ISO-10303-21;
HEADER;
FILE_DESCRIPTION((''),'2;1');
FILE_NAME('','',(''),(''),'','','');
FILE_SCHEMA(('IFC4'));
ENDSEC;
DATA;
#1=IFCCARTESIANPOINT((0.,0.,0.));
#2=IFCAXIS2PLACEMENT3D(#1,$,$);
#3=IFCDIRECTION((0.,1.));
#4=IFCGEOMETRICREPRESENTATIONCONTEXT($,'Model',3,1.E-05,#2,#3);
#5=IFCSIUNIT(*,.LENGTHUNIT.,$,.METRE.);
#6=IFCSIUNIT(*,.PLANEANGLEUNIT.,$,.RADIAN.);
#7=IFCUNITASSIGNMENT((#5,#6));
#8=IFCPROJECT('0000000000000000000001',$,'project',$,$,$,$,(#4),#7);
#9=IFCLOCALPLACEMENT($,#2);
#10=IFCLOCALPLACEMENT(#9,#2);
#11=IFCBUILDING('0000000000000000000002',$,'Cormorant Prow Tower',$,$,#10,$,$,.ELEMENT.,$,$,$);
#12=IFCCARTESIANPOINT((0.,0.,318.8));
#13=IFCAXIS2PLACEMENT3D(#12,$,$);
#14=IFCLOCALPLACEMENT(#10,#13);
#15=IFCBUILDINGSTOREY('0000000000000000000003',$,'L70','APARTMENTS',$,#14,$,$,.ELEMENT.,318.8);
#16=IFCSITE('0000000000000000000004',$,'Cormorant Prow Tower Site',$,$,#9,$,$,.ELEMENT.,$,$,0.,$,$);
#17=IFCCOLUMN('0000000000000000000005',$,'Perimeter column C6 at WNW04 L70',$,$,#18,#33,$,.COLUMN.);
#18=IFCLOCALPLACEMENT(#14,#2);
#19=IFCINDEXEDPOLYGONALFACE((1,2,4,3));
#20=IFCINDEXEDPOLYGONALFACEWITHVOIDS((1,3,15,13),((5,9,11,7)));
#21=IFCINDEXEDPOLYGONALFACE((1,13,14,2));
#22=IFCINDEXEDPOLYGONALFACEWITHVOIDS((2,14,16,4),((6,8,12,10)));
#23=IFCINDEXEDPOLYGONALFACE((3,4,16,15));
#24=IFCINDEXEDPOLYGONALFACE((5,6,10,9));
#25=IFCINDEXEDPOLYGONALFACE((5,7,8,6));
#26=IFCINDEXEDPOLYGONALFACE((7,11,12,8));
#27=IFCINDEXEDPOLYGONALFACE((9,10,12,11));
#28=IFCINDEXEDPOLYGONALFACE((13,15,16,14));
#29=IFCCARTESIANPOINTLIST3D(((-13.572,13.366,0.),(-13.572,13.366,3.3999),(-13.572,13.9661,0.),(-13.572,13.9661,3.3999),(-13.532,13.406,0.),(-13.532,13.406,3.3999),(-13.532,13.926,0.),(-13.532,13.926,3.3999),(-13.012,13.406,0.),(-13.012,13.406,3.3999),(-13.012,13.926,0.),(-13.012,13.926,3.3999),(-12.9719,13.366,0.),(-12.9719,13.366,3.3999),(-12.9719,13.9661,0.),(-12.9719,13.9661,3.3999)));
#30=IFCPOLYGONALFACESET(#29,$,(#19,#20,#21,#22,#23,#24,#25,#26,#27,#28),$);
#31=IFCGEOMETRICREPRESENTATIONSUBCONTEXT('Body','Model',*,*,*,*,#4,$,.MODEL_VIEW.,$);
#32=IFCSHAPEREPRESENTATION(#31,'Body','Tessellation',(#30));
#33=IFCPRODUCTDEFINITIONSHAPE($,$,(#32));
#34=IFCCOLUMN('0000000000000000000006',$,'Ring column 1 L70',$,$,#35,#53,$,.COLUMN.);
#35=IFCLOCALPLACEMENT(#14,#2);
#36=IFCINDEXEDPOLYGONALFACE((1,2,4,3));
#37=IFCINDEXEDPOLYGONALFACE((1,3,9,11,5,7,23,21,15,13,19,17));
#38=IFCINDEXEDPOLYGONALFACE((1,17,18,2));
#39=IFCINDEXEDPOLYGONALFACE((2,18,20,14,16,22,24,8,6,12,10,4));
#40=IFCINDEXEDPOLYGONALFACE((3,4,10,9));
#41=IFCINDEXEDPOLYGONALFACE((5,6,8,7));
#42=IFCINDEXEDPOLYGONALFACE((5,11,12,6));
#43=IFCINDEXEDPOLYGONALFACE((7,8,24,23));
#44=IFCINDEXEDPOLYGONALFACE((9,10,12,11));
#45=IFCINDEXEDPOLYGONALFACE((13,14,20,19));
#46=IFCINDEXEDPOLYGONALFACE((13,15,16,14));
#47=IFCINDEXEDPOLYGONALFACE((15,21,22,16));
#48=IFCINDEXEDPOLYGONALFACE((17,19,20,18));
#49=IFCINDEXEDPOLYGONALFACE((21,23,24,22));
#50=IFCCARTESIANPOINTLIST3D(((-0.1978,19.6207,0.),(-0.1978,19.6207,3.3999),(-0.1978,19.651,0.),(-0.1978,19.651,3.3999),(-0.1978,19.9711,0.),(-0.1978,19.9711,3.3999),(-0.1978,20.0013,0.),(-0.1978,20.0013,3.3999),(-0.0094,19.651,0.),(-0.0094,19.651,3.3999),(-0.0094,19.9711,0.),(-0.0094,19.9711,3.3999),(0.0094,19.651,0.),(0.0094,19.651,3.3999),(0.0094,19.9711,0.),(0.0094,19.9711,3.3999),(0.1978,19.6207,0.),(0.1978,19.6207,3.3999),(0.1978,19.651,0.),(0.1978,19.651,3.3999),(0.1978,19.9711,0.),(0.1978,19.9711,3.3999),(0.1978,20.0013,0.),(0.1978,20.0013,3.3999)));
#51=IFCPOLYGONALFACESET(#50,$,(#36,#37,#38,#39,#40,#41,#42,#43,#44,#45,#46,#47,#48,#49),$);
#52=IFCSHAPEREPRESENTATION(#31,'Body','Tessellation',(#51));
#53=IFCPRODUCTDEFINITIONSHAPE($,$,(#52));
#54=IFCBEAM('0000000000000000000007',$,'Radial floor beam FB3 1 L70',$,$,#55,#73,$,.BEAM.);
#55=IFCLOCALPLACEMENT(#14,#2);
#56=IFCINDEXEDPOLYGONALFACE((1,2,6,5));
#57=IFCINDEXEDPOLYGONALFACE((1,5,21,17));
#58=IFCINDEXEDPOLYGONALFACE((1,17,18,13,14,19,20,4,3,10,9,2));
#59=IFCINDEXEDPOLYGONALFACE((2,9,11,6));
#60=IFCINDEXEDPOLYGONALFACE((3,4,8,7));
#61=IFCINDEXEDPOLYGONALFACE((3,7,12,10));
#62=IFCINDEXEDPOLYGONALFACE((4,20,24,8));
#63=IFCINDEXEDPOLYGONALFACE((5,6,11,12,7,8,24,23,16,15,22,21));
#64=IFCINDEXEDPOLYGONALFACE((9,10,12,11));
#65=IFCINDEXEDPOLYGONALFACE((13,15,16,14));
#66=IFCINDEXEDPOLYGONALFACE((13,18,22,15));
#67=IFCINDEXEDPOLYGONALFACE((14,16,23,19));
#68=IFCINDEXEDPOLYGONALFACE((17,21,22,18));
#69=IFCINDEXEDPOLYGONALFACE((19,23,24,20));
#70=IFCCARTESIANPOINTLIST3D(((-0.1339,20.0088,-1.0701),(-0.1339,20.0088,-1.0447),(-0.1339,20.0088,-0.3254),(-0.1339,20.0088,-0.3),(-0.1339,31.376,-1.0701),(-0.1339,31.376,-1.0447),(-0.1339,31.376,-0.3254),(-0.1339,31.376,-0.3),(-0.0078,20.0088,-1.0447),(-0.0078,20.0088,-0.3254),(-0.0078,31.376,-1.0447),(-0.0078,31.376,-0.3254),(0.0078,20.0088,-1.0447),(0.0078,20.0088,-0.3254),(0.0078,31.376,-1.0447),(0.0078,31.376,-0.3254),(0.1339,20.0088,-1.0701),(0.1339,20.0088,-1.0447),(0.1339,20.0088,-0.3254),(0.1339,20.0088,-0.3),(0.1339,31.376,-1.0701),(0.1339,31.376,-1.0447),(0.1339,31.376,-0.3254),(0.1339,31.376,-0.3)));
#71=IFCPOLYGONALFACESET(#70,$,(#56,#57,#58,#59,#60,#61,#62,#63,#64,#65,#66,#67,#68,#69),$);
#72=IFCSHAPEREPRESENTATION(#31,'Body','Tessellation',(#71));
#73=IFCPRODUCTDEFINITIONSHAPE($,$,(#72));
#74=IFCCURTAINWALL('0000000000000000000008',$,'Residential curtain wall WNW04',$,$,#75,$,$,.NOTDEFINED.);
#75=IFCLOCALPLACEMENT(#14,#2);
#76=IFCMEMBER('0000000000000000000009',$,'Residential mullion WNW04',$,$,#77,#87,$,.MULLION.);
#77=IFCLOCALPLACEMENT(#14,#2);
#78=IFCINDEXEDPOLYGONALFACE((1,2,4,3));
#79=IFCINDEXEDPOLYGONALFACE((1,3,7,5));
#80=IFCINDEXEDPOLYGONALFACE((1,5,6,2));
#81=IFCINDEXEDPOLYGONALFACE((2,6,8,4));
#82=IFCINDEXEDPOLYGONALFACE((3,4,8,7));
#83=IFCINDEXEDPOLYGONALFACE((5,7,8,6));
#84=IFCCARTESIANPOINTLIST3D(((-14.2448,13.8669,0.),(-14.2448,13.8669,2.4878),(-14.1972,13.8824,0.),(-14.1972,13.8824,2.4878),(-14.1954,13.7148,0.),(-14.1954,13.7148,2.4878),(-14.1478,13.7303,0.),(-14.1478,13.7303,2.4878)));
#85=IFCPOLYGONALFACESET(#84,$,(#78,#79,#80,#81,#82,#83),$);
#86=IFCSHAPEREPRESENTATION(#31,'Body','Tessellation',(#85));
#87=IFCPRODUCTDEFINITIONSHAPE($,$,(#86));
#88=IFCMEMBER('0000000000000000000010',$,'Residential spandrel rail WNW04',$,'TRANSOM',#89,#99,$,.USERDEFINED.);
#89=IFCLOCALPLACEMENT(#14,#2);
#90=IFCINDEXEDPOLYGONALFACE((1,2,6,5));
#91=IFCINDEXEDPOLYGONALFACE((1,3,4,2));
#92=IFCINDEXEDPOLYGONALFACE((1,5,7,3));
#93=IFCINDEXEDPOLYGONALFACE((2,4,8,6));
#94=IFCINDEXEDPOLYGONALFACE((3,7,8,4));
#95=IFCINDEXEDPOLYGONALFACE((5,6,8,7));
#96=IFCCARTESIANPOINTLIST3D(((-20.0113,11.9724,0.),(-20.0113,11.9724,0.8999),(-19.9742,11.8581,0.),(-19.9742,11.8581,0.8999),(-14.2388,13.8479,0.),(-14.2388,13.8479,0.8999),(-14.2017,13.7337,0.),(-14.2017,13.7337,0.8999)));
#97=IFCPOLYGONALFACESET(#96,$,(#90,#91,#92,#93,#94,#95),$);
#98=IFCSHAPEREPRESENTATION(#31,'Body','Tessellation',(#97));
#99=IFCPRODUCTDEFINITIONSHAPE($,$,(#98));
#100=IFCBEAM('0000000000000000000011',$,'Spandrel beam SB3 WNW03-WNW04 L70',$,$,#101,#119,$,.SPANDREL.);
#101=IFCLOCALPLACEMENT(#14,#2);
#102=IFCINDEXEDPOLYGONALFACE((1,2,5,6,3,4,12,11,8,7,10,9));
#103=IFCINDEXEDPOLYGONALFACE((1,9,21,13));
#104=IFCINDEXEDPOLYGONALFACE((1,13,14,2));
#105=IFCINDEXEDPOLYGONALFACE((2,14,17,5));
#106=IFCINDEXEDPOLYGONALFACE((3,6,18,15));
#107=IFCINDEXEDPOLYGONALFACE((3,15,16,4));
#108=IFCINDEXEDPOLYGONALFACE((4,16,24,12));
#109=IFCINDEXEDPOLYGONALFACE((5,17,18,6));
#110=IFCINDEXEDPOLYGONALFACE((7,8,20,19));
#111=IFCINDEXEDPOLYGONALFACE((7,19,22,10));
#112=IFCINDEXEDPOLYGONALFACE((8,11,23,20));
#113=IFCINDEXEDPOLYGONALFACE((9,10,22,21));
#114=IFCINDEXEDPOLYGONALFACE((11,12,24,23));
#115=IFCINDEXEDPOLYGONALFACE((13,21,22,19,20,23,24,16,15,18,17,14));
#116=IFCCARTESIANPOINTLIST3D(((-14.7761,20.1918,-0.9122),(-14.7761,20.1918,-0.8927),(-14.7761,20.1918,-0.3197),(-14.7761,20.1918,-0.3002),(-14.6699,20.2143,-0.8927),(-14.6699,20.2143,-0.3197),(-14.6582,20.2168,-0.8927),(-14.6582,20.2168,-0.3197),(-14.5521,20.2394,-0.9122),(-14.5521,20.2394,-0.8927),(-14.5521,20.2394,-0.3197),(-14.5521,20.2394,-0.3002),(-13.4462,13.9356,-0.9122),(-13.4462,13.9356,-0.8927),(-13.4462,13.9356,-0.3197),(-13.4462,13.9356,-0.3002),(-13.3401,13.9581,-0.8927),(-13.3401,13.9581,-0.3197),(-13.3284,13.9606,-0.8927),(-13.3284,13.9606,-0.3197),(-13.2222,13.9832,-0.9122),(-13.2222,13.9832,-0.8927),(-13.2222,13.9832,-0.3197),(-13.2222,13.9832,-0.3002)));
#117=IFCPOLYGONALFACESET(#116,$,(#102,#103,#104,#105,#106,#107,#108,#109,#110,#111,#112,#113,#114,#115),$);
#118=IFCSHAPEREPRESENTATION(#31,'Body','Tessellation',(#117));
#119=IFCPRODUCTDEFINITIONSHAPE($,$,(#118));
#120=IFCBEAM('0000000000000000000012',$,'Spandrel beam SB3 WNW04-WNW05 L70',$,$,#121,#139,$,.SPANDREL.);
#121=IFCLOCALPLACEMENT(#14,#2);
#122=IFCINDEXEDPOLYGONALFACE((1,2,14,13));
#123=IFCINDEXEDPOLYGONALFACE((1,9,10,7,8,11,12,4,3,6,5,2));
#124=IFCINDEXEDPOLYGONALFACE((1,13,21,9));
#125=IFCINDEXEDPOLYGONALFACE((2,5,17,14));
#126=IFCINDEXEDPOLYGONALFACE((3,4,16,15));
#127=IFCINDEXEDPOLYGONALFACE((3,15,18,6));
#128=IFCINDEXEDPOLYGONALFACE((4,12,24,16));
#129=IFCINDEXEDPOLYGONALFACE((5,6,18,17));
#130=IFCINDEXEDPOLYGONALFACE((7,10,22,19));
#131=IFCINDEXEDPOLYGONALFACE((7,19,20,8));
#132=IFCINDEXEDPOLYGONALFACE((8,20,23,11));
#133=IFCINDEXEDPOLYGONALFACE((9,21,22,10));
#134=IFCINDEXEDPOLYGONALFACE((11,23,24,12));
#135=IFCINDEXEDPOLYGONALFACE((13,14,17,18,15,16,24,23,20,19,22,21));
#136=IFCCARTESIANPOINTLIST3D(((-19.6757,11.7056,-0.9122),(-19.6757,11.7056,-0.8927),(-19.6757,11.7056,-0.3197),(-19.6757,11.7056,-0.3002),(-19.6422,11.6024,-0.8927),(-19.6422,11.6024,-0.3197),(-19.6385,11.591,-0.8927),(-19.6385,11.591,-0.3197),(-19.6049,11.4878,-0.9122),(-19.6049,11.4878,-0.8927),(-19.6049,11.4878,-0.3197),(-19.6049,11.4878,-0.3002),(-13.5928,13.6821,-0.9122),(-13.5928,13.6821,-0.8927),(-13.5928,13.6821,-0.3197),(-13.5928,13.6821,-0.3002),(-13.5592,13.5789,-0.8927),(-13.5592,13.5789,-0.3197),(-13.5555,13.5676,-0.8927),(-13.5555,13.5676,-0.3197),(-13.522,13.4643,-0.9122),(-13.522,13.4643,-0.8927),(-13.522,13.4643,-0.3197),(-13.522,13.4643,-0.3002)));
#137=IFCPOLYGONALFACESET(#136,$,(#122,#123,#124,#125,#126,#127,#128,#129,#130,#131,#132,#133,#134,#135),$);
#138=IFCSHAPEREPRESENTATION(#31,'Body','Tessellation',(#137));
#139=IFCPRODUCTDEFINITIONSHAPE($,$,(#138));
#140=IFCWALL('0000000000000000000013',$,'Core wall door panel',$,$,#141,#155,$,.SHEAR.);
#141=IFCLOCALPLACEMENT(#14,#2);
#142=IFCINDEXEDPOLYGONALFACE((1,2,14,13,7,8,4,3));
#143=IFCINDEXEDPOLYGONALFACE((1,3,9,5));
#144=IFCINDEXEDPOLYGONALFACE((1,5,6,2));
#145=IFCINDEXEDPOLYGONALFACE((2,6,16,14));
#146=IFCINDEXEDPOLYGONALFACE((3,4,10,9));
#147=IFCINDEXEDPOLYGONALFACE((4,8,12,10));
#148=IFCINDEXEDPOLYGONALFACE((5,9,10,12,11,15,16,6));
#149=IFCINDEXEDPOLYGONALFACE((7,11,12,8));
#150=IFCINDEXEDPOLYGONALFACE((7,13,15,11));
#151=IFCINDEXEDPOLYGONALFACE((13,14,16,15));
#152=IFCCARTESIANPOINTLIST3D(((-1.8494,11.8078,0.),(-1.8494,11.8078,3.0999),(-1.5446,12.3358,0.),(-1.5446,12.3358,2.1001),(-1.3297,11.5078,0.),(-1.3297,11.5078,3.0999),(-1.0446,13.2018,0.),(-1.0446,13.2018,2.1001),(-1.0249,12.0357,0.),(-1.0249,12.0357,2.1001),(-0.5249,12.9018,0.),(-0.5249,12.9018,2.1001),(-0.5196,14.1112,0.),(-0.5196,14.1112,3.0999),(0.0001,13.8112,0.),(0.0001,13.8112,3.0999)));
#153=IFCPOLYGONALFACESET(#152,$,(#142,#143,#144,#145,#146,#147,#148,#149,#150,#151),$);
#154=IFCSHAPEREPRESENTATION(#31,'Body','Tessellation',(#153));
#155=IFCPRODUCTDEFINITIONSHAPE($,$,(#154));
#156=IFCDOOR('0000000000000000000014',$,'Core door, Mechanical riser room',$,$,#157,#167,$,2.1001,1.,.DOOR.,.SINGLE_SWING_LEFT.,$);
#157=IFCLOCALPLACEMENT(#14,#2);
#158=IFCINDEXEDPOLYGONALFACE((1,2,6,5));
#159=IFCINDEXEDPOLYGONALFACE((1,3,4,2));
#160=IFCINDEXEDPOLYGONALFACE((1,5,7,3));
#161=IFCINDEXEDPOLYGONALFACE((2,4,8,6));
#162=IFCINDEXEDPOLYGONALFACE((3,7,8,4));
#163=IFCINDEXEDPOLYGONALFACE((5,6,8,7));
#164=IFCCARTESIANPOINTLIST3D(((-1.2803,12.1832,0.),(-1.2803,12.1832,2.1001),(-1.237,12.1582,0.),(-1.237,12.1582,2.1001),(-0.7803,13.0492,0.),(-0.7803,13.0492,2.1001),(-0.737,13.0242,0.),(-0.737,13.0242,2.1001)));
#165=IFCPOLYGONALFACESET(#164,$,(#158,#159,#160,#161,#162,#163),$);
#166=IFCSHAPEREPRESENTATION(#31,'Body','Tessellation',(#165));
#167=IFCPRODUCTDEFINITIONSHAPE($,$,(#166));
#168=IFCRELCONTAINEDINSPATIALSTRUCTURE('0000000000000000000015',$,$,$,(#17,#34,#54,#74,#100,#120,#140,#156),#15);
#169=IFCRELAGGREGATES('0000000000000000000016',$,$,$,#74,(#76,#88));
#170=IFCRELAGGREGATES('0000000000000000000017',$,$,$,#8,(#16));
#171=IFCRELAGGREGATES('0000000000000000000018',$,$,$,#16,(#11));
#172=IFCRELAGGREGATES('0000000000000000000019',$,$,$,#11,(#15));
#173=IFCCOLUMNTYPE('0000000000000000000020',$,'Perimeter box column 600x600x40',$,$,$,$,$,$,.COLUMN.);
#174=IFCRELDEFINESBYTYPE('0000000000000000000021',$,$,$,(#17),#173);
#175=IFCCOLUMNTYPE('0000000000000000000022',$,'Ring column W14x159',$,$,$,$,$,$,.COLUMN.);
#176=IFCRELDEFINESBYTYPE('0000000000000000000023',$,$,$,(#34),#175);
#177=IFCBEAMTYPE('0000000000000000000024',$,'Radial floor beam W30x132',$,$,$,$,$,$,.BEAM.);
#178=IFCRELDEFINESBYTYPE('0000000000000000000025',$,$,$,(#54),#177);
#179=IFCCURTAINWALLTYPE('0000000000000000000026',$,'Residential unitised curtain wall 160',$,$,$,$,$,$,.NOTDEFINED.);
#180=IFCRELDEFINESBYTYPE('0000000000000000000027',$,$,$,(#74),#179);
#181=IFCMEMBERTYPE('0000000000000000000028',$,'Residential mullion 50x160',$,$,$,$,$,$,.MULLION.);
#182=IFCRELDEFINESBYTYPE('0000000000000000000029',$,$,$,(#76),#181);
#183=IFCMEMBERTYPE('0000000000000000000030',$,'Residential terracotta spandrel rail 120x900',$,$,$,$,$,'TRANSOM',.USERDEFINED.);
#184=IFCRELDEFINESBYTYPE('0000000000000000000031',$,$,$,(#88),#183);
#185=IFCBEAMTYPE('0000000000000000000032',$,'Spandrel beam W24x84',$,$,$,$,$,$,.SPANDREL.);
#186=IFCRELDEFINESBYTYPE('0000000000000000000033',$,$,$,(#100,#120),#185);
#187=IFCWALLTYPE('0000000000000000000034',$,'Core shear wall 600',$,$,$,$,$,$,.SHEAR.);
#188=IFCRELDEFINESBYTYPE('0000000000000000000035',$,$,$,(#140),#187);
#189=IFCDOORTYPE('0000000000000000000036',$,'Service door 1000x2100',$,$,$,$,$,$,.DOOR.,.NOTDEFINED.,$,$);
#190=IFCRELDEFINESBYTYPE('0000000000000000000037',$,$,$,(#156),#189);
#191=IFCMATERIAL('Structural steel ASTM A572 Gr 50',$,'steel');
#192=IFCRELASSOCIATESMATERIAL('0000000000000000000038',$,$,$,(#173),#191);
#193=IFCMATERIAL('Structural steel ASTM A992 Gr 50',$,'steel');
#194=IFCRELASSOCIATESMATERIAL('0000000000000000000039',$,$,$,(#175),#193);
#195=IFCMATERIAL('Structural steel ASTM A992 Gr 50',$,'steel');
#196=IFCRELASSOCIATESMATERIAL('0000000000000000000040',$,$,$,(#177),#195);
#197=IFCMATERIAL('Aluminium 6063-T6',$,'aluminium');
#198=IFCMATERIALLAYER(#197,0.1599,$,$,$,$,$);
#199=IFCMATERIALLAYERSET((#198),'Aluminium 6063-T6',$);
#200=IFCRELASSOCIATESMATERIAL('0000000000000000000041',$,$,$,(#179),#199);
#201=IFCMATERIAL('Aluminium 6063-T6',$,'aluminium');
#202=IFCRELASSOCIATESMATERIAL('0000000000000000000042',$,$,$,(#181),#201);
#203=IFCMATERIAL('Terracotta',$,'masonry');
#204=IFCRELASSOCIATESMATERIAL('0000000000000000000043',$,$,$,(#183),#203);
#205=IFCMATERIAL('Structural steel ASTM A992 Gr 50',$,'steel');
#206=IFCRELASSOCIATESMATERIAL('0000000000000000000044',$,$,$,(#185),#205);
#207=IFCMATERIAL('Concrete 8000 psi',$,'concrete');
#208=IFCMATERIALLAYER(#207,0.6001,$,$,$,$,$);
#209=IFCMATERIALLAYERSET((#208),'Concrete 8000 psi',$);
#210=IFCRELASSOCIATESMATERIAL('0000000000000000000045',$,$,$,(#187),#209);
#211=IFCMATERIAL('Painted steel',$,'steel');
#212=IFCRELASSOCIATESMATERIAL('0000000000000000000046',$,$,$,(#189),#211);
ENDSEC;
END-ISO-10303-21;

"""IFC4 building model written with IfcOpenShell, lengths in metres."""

from ifc_helpers import new_model, si_unit, direction, frame, frame_2d, origin, origin_2d, place, context, subcontext, project, spatial, rectangle, hollow_rectangle, i_section, extrude, material, layer, layer_set, material_profile, profile_set, type_object, element, fill, aggregate, save


model = new_model("IFC4")

# Units and contexts
model_context = context("Model", 3, precision=1e-05, world=origin(), true_north=direction((0.0, 1.0)))
body_context = subcontext(model_context, "Body", "Model", "MODEL_VIEW")
ifc_project = project(units=[si_unit("LENGTHUNIT", "METRE"), si_unit("PLANEANGLEUNIT", "RADIAN")], contexts=[model_context])

# Site, building, storey
site_placement = place(None, origin())
site = spatial("IfcSite", under=ifc_project, at=site_placement, Name="Cormorant Prow Tower Site", CompositionType="ELEMENT", RefElevation=0.0)
building_placement = place(site_placement, origin())
building = spatial("IfcBuilding", under=site, at=building_placement, Name="Cormorant Prow Tower", CompositionType="ELEMENT")
storey_placement = place(building_placement, frame((0.0, 0.0, 318.8)))
storey = spatial("IfcBuildingStorey", under=building, at=storey_placement, Name="L70", Description="APARTMENTS", CompositionType="ELEMENT", Elevation=318.8)

# Columns
ifc_material_1 = material(Name="Structural steel ASTM A572 Gr 50", Category="steel")
ifc_material_profile_1 = material_profile(ifc_material_1, hollow_rectangle(XDim=0.6001, YDim=0.6001, WallThickness=0.04, at=origin_2d()), Name="Box 600x600x40")
ifc_profile_set_1 = profile_set([ifc_material_profile_1], Name="Structural steel ASTM A572 Gr 50")
column_type_1 = type_object("IfcColumnType", Name="Perimeter box column 600x600x40", PredefinedType="COLUMN", material=ifc_profile_set_1)
column_1_placement = place(storey_placement, frame((-13.272, 13.666, 0.0), z_axis=(0.0, 0.0, 1.0), x_axis=(1.0, 0.0, 0.0)))
element("IfcColumn", 1, at=column_1_placement, inside=storey, type_object=column_type_1, Name="Perimeter column C6 at WNW04 L70", PredefinedType="COLUMN", context=body_context, shape_type="SweptSolid", body=[
    extrude(hollow_rectangle(XDim=0.6001, YDim=0.6001, WallThickness=0.04, at=origin_2d()), origin(), (0.0, 0.0, 1.0), 3.3999),
])
ifc_material_2 = material(Name="Structural steel ASTM A992 Gr 50", Category="steel")
ifc_material_profile_2 = material_profile(ifc_material_2, i_section(OverallWidth=0.3955, OverallDepth=0.3806, WebThickness=0.0188, FlangeThickness=0.0303, at=origin_2d()), Name="W14x159")
ifc_profile_set_2 = profile_set([ifc_material_profile_2], Name="Structural steel ASTM A992 Gr 50")
column_type_2 = type_object("IfcColumnType", Name="Ring column W14x159", PredefinedType="COLUMN", material=ifc_profile_set_2)
column_2_placement = place(storey_placement, frame((0.0, 19.811, 0.0), z_axis=(0.0, 0.0, 1.0), x_axis=(1.0, 0.0, 0.0)))
element("IfcColumn", 2, at=column_2_placement, inside=storey, type_object=column_type_2, Name="Ring column 1 L70", PredefinedType="COLUMN", context=body_context, shape_type="SweptSolid", body=[
    extrude(i_section(OverallWidth=0.3955, OverallDepth=0.3806, WebThickness=0.0188, FlangeThickness=0.0303, at=origin_2d()), origin(), (0.0, 0.0, 1.0), 3.3999),
])

# Beam
ifc_material_3 = material(Name="Structural steel ASTM A992 Gr 50", Category="steel")
ifc_material_profile_3 = material_profile(ifc_material_3, i_section(OverallWidth=0.2678, OverallDepth=0.77, WebThickness=0.0156, FlangeThickness=0.0254, at=origin_2d()), Name="W30x132")
ifc_profile_set_3 = profile_set([ifc_material_profile_3], Name="Structural steel ASTM A992 Gr 50")
beam_type_1 = type_object("IfcBeamType", Name="Radial floor beam W30x132", PredefinedType="BEAM", material=ifc_profile_set_3)
beam_placement = place(storey_placement, frame((0.0, 20.0088, -0.6851), z_axis=(0.0, 1.0, 0.0), x_axis=(-1.0, 0.0, 0.0)))
element("IfcBeam", 3, at=beam_placement, inside=storey, type_object=beam_type_1, Name="Radial floor beam FB3 1 L70", PredefinedType="BEAM", context=body_context, shape_type="SweptSolid", body=[
    extrude(i_section(OverallWidth=0.2678, OverallDepth=0.77, WebThickness=0.0156, FlangeThickness=0.0254, at=origin_2d()), origin(), (0.0, 0.0, 1.0), 11.3672),
])

# Curtain wall, members
ifc_material_4 = material(Name="Aluminium 6063-T6", Category="aluminium")
ifc_layer_1 = layer(ifc_material_4, 0.1599)
ifc_layer_set_1 = layer_set([ifc_layer_1], Name="Aluminium 6063-T6")
curtain_wall_type = type_object("IfcCurtainWallType", Name="Residential unitised curtain wall 160", PredefinedType="NOTDEFINED", material=ifc_layer_set_1)
curtain_wall_placement = place(storey_placement, origin())
curtain_wall = element("IfcCurtainWall", 4, at=curtain_wall_placement, inside=storey, type_object=curtain_wall_type, Name="Residential curtain wall WNW04", PredefinedType="NOTDEFINED")
ifc_material_5 = material(Name="Aluminium 6063-T6", Category="aluminium")
ifc_material_profile_4 = material_profile(ifc_material_5, rectangle(XDim=0.1599, YDim=0.05, at=origin_2d()), Name="Residential mullion 50x160")
ifc_profile_set_4 = profile_set([ifc_material_profile_4], Name="Aluminium 6063-T6")
member_type_1 = type_object("IfcMemberType", Name="Residential mullion 50x160", PredefinedType="MULLION", material=ifc_profile_set_4)
member_1_placement = place(storey_placement, frame((-14.1963, 13.7986, 0.0), z_axis=(0.0, 0.0, 1.0), x_axis=(0.309017, -0.951056, 0.0)))
member_1 = element("IfcMember", 5, at=member_1_placement, type_object=member_type_1, Name="Residential mullion WNW04", PredefinedType="MULLION", context=body_context, shape_type="SweptSolid", body=[
    extrude(rectangle(XDim=0.1599, YDim=0.05, at=origin_2d()), origin(), (0.0, 0.0, 1.0), 2.4878),
])
ifc_material_6 = material(Name="Terracotta", Category="masonry")
ifc_material_profile_5 = material_profile(ifc_material_6, rectangle(XDim=0.1201, YDim=0.8999, at=origin_2d()), Name="Residential terracotta spandrel rail 120x900")
ifc_profile_set_5 = profile_set([ifc_material_profile_5], Name="Terracotta")
member_type_2 = type_object("IfcMemberType", Name="Residential terracotta spandrel rail 120x900", ElementType="TRANSOM", PredefinedType="USERDEFINED", material=ifc_profile_set_5)
member_2_placement = place(storey_placement, frame((-14.2202, 13.7908, 0.45), z_axis=(-0.951061, -0.309002, 0.0), x_axis=(0.309002, -0.951061, 0.0)))
member_2 = element("IfcMember", 6, at=member_2_placement, type_object=member_type_2, Name="Residential spandrel rail WNW04", ObjectType="TRANSOM", PredefinedType="USERDEFINED", context=body_context, shape_type="SweptSolid", body=[
    extrude(rectangle(XDim=0.1201, YDim=0.8999, at=origin_2d()), origin(), (0.0, 0.0, 1.0), 6.0696),
])
aggregate(curtain_wall, [member_1, member_2])

# Beams
ifc_material_7 = material(Name="Structural steel ASTM A992 Gr 50", Category="steel")
ifc_material_profile_6 = material_profile(ifc_material_7, i_section(OverallWidth=0.229, OverallDepth=0.6121, WebThickness=0.012, FlangeThickness=0.0195, at=origin_2d()), Name="W24x84")
ifc_profile_set_6 = profile_set([ifc_material_profile_6], Name="Structural steel ASTM A992 Gr 50")
beam_type_2 = type_object("IfcBeamType", Name="Spandrel beam W24x84", PredefinedType="SPANDREL", material=ifc_profile_set_6)
for number, where, z_axis, x_axis, name in (
    (7, (-14.6641, 20.2156, -0.6062), (0.20792, -0.978146, 0.0), (0.978146, 0.20792, 0.0), "Spandrel beam SB3 WNW03-WNW04 L70"),
    (8, (-13.5574, 13.5732, -0.6062), (-0.951053, -0.309027, 0.0), (0.309027, -0.951053, 0.0), "Spandrel beam SB3 WNW04-WNW05 L70"),
):
    element("IfcBeam", number, at=place(storey_placement, frame(where, z_axis=z_axis, x_axis=x_axis)), inside=storey, type_object=beam_type_2, Name=name, PredefinedType="SPANDREL", context=body_context, shape_type="SweptSolid", body=[
        extrude(i_section(OverallWidth=0.229, OverallDepth=0.6121, WebThickness=0.012, FlangeThickness=0.0195, at=origin_2d()), origin(), (0.0, 0.0, 1.0), 6.396),
    ])

# Wall, opening, door
ifc_material_8 = material(Name="Concrete 8000 psi", Category="concrete")
ifc_layer_2 = layer(ifc_material_8, 0.6001)
ifc_layer_set_2 = layer_set([ifc_layer_2], Name="Concrete 8000 psi")
wall_type_1 = type_object("IfcWallType", Name="Core shear wall 600", PredefinedType="SHEAR", material=ifc_layer_set_2)
wall_1_placement = place(storey_placement, frame((-0.2598, 13.9612, 0.0), z_axis=(0.0, 0.0, 1.0), x_axis=(-0.499979, -0.866037, 0.0)))
wall_1 = element("IfcWall", 9, at=wall_1_placement, inside=storey, type_object=wall_type_1, Name="Core wall door panel", PredefinedType="SHEAR", context=body_context, shape_type="SweptSolid", body=[
    extrude(rectangle(XDim=2.6597, YDim=0.6001, at=frame_2d((1.3298, 0.0))), origin(), (0.0, 0.0, 1.0), 3.0999),
])
opening_1_placement = place(wall_1_placement, frame((1.05, 0.0, 0.0)))
opening_1 = element("IfcOpeningElement", 10, at=opening_1_placement, cuts=wall_1, PredefinedType="OPENING", context=body_context, shape_type="SweptSolid", body=[
    extrude(rectangle(XDim=1.0, YDim=2.1001, at=frame_2d((0.5, 1.05))), frame((0.0, 0.3101, 0.0), z_axis=(0.0, -1.0, 0.0), x_axis=(1.0, 0.0, 0.0)), (0.0, 0.0, 1.0), 0.6201),
])
ifc_material_9 = material(Name="Painted steel", Category="steel")
door_type_1 = type_object("IfcDoorType", Name="Service door 1000x2100", OperationType="NOTDEFINED", PredefinedType="DOOR", material=ifc_material_9)
door_1_placement = place(opening_1_placement, origin())
door_1 = element("IfcDoor", 11, at=door_1_placement, inside=storey, type_object=door_type_1, Name="Core door, Mechanical riser room", OperationType="SINGLE_SWING_LEFT", OverallHeight=2.1001, OverallWidth=1.0, PredefinedType="DOOR", context=body_context, shape_type="SweptSolid", body=[
    extrude(rectangle(XDim=1.0, YDim=2.1001, at=frame_2d((0.5, 1.05))), frame((0.0, 0.0552, 0.0), z_axis=(0.0, -1.0, 0.0), x_axis=(1.0, 0.0, 0.0)), (0.0, 0.0, 1.0), 0.05),
])
fill(opening_1, door_1)

save(model, "model.ifc")
